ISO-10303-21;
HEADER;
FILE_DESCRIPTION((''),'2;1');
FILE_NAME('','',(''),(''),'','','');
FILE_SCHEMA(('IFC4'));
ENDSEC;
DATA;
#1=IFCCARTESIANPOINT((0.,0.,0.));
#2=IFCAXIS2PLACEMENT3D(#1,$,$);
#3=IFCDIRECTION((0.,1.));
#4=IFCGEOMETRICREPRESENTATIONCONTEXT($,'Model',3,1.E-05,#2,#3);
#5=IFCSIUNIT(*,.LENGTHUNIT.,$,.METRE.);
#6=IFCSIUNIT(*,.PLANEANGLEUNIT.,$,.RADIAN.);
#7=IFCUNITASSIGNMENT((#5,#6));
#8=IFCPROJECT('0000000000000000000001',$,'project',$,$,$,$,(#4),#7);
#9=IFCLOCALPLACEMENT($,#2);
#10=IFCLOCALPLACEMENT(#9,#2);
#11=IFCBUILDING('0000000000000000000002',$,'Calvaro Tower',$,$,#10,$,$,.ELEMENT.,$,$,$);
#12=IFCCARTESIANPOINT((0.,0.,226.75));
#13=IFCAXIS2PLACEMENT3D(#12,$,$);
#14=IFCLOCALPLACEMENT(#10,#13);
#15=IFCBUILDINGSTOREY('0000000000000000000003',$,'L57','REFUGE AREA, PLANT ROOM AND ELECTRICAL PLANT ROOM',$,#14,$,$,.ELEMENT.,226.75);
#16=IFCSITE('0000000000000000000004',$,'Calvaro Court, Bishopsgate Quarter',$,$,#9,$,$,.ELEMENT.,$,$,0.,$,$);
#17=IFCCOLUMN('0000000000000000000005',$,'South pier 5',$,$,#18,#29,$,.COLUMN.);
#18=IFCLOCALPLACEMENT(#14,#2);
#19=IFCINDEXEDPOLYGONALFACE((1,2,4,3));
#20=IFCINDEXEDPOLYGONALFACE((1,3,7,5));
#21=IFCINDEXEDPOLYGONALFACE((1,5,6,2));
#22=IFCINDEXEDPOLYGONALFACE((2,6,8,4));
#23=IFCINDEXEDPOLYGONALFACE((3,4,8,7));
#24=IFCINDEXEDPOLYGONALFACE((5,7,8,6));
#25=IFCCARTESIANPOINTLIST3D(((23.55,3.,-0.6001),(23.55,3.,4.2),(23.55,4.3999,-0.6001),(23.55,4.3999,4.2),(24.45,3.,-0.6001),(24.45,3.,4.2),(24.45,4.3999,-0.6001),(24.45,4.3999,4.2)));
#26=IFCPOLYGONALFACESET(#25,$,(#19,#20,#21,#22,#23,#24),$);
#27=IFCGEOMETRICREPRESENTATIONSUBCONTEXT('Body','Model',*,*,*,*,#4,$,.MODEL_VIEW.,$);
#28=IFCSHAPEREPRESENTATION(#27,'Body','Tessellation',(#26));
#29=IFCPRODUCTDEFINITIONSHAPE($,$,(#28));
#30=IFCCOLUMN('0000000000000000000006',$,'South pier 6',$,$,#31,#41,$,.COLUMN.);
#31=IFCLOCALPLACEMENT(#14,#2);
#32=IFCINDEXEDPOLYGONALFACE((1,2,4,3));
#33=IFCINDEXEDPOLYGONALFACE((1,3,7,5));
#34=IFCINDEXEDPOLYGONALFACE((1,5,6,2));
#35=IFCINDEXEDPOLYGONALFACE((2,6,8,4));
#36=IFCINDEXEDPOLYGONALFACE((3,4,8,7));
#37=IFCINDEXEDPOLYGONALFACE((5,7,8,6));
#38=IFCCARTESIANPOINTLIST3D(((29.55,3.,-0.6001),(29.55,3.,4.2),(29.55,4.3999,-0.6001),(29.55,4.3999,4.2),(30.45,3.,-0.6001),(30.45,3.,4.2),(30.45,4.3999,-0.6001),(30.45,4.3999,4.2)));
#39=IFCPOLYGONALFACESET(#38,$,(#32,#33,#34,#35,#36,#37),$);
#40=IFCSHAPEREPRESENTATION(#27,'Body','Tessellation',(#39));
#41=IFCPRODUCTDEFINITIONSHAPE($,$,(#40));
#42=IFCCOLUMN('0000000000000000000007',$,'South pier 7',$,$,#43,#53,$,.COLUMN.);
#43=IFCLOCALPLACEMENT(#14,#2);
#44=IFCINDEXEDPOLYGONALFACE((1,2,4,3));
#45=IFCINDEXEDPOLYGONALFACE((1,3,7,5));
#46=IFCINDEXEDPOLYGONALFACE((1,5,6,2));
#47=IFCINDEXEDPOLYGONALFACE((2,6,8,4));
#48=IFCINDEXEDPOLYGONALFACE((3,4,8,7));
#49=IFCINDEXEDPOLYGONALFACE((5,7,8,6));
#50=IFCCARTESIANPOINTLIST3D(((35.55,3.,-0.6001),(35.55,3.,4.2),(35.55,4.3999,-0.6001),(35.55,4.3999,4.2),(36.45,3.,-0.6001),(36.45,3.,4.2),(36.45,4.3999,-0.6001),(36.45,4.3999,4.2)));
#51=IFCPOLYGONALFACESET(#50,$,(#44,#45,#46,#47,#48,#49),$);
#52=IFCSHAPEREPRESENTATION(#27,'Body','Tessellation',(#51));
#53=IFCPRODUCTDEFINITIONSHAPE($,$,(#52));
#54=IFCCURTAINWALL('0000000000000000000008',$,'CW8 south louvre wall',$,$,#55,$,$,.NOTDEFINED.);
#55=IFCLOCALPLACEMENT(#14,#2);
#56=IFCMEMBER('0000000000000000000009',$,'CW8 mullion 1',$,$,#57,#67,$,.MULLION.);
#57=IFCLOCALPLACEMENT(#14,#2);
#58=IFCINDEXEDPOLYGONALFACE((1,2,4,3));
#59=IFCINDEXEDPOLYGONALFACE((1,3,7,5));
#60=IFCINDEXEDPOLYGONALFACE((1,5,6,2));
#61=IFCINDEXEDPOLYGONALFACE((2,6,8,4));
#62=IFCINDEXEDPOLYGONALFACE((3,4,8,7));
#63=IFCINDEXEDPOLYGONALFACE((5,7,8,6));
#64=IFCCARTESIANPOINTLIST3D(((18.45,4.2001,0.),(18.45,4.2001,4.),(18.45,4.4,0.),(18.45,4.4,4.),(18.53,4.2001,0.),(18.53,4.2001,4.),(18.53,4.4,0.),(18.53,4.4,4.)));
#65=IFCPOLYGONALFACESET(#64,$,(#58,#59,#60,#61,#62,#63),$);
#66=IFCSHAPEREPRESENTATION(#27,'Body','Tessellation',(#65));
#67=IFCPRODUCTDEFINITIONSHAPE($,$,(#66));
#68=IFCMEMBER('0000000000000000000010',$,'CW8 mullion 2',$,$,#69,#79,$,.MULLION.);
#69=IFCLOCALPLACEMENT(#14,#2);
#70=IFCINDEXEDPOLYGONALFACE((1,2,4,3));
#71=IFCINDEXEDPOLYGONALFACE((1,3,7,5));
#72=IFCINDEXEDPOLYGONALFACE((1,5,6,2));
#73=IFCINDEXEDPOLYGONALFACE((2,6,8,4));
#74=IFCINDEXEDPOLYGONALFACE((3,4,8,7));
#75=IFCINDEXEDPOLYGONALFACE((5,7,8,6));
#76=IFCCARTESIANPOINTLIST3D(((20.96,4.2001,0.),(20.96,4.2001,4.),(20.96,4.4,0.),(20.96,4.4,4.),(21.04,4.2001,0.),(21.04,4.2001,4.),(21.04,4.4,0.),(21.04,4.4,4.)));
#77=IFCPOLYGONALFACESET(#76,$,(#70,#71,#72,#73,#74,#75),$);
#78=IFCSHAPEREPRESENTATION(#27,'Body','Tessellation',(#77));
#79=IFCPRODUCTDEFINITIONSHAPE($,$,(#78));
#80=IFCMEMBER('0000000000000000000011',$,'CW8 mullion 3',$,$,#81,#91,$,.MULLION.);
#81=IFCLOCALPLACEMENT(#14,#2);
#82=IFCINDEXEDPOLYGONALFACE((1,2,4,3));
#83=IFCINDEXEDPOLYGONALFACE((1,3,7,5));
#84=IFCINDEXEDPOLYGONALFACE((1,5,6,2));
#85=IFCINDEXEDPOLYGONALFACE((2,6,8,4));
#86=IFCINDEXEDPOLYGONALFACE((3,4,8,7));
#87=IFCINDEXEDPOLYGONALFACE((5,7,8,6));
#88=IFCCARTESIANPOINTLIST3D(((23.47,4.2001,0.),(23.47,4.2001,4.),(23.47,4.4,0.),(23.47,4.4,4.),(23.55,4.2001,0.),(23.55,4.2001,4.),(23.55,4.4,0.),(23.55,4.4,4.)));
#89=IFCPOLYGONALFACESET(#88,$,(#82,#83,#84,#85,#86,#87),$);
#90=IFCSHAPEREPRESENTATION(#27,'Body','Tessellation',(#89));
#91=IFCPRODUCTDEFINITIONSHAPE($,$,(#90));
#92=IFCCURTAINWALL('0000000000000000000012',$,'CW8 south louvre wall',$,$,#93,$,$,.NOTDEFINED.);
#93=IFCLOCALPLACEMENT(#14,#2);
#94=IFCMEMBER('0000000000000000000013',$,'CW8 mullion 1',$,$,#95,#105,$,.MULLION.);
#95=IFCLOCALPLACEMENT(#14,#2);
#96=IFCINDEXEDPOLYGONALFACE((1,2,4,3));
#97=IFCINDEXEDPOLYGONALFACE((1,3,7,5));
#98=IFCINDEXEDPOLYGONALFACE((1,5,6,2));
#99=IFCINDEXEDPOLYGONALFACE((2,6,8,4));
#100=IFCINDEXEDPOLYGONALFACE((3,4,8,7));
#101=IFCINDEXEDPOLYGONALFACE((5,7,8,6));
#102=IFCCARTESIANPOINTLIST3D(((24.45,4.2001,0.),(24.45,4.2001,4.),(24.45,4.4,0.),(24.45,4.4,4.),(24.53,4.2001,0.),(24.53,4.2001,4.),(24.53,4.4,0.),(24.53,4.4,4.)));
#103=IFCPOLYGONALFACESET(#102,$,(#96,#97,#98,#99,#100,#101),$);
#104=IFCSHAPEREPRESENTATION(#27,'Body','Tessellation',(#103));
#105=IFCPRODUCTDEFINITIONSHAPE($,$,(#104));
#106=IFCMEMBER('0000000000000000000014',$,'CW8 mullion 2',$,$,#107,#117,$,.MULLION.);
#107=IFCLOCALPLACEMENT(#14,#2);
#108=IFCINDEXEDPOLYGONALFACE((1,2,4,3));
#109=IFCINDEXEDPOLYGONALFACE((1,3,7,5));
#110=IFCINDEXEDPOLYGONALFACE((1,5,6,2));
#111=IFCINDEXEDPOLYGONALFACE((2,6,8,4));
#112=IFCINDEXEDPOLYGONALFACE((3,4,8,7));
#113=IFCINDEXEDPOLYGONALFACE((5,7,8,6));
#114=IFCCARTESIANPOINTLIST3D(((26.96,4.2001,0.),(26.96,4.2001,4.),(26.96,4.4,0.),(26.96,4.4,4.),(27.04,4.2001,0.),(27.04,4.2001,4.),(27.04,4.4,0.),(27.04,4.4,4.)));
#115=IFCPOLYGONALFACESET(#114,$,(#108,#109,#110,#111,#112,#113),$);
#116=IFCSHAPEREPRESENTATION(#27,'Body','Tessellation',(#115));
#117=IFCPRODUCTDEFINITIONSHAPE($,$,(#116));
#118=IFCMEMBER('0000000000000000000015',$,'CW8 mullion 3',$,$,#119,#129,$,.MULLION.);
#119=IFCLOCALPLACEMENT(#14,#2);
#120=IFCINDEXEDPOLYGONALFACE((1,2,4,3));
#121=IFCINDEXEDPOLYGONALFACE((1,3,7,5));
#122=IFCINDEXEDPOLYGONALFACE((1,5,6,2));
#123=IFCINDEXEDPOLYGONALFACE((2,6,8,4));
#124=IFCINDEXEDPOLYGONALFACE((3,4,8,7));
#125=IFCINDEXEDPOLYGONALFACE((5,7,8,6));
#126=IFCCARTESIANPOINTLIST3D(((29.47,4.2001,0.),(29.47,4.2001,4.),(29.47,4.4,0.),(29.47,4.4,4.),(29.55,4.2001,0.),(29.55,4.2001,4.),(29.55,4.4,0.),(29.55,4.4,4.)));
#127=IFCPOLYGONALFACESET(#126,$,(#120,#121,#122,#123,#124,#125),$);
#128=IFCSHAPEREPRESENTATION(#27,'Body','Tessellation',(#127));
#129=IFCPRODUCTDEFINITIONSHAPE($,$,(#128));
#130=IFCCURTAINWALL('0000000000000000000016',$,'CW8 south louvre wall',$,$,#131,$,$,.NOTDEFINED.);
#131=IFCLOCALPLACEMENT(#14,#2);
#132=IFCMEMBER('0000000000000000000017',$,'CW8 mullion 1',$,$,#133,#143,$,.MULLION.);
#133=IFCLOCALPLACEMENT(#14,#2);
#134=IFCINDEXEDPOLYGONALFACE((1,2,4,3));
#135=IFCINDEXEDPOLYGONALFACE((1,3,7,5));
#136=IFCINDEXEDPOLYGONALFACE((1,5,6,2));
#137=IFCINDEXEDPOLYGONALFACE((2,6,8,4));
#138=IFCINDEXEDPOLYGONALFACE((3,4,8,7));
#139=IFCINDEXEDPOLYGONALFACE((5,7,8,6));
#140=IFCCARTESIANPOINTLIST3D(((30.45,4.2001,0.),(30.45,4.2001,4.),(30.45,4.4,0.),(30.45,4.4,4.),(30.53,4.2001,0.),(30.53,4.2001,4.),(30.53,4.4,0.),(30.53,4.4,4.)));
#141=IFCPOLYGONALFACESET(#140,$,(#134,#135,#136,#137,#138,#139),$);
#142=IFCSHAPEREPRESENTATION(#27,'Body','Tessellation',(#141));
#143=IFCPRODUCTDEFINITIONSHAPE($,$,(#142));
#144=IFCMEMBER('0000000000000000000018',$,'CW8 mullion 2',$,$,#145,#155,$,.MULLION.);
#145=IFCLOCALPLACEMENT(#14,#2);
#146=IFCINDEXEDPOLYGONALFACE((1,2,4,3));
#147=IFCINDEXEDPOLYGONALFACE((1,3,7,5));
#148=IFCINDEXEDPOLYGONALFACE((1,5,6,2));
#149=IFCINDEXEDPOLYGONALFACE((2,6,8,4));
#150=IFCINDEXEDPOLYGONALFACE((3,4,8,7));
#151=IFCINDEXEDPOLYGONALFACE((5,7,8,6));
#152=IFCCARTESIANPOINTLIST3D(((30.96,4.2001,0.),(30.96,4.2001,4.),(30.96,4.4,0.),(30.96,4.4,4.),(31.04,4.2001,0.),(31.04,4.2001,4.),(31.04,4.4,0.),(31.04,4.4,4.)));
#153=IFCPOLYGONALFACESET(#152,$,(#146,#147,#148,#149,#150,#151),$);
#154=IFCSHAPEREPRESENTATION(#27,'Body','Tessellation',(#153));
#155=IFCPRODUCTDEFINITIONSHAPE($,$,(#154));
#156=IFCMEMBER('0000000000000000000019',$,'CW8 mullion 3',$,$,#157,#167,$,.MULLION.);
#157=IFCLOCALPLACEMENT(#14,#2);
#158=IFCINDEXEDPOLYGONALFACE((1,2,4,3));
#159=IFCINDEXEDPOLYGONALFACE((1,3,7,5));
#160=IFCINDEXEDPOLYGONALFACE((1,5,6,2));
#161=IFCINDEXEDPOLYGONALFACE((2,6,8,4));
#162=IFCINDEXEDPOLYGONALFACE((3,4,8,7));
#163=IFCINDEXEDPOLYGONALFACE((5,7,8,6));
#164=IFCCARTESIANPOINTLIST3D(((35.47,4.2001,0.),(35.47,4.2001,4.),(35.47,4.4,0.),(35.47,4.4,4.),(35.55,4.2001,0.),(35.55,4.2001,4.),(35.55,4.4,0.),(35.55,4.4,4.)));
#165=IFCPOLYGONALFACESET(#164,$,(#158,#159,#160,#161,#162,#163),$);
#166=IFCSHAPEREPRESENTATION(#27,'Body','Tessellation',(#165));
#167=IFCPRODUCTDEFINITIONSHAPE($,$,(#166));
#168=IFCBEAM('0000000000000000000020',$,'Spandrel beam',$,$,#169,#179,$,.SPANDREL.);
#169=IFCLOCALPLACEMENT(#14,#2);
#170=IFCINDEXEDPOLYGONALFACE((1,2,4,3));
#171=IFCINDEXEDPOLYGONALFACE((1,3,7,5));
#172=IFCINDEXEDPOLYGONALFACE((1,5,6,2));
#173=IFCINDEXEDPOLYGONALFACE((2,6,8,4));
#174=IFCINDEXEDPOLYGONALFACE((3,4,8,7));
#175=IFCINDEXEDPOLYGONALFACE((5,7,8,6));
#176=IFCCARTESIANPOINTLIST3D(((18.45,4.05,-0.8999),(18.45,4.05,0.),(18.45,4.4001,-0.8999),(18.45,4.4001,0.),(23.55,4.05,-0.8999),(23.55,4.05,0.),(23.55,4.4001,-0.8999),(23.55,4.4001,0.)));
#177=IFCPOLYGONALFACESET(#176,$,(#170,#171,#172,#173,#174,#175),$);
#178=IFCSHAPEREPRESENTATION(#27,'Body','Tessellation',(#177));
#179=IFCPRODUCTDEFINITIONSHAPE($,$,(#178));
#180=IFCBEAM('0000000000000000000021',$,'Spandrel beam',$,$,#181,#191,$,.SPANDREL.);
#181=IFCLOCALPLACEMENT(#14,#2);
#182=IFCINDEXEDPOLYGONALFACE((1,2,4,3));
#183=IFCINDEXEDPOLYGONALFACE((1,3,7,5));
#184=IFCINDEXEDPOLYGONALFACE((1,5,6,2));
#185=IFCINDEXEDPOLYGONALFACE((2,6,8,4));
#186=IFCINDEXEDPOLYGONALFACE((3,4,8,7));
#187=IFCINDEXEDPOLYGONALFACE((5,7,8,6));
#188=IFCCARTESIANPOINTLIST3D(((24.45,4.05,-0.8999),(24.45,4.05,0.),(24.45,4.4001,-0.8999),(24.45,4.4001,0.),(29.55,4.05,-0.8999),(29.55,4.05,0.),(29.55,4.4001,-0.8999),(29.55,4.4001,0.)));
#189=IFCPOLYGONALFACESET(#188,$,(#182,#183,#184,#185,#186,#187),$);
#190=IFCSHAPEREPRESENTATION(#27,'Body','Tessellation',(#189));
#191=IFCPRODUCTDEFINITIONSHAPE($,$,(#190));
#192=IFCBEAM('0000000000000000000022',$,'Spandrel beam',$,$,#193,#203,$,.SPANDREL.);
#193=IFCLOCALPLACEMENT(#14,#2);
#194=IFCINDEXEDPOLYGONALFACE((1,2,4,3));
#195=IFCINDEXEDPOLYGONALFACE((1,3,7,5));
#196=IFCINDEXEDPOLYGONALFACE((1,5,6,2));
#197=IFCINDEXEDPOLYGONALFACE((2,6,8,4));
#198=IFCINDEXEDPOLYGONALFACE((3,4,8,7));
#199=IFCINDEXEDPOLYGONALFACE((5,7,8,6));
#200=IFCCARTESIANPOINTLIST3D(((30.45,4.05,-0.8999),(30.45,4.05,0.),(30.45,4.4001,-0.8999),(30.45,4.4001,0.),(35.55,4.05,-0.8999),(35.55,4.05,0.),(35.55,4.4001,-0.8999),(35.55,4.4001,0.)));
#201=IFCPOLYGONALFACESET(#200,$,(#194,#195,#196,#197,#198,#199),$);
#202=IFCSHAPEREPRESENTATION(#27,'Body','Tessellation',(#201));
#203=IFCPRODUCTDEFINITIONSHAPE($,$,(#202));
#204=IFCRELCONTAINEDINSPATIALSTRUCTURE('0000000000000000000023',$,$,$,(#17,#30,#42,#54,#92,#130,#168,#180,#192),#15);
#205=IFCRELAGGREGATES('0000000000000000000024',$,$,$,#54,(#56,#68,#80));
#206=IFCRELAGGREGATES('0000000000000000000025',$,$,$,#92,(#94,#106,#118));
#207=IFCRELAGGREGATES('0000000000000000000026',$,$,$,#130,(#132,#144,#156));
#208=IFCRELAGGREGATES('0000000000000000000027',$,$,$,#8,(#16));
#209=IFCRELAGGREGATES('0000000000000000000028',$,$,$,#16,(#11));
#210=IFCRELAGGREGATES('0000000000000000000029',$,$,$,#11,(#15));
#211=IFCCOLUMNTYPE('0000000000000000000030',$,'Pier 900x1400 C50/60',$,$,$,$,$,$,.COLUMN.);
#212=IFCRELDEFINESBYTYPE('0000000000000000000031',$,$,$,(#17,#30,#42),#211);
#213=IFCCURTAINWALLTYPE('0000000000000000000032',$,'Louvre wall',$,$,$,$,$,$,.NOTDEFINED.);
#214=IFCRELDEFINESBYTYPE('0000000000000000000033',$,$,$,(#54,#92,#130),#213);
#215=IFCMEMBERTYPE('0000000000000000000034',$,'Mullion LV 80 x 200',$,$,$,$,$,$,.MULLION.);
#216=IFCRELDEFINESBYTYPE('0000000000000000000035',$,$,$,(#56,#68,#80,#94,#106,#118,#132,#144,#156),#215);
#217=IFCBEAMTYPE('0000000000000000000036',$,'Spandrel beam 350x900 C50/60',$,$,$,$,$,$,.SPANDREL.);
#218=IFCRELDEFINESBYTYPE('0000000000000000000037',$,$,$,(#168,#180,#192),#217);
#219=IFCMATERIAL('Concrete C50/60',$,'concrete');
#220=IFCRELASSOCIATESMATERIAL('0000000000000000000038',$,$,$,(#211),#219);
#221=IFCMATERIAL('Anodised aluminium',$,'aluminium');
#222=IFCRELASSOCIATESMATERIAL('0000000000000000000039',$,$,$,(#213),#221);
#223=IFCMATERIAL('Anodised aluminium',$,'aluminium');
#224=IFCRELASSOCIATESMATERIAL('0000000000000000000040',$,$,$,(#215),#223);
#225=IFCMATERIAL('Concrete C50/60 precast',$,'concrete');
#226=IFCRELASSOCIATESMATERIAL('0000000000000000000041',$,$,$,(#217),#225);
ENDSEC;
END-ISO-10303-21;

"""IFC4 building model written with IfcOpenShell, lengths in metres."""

from ifc_helpers import new_model, si_unit, direction, frame, origin, origin_2d, place, context, subcontext, project, spatial, rectangle, extrude, material, material_profile, profile_set, type_object, element, aggregate, save


model = new_model("IFC4")

# Units and contexts
model_context = context("Model", 3, precision=1e-05, world=origin(), true_north=direction((0.0, 1.0)))
body_context = subcontext(model_context, "Body", "Model", "MODEL_VIEW")
ifc_project = project(units=[si_unit("LENGTHUNIT", "METRE"), si_unit("PLANEANGLEUNIT", "RADIAN")], contexts=[model_context])

# Site, building, storey
site_placement = place(None, origin())
site = spatial("IfcSite", under=ifc_project, at=site_placement, Name="Calvaro Court, Bishopsgate Quarter", CompositionType="ELEMENT", RefElevation=0.0)
building_placement = place(site_placement, origin())
building = spatial("IfcBuilding", under=site, at=building_placement, Name="Calvaro Tower", CompositionType="ELEMENT")
storey_placement = place(building_placement, frame((0.0, 0.0, 226.75)))
storey = spatial("IfcBuildingStorey", under=building, at=storey_placement, Name="L57", Description="REFUGE AREA, PLANT ROOM AND ELECTRICAL PLANT ROOM", CompositionType="ELEMENT", Elevation=226.75)

# Columns
ifc_material_1 = material(Name="Concrete C50/60", Category="concrete")
ifc_material_profile_1 = material_profile(ifc_material_1, rectangle(XDim=0.8999, YDim=1.3999, at=origin_2d()), Name="RC 900x1400")
ifc_profile_set_1 = profile_set([ifc_material_profile_1], Name="Concrete C50/60")
column_type = type_object("IfcColumnType", Name="Pier 900x1400 C50/60", PredefinedType="COLUMN", material=ifc_profile_set_1)
for number, where, z_axis, x_axis, name in (
    (1, (24.0, 3.7, -0.6001), (0.0, 0.0, 1.0), (1.0, 0.0, 0.0), "South pier 5"),
    (2, (30.0, 3.7, -0.6001), (0.0, 0.0, 1.0), (1.0, 0.0, 0.0), "South pier 6"),
    (3, (36.0, 3.7, -0.6001), (0.0, 0.0, 1.0), (1.0, 0.0, 0.0), "South pier 7"),
):
    element("IfcColumn", number, at=place(storey_placement, frame(where, z_axis=z_axis, x_axis=x_axis)), inside=storey, type_object=column_type, Name=name, PredefinedType="COLUMN", context=body_context, shape_type="SweptSolid", body=[
        extrude(rectangle(XDim=0.8999, YDim=1.3999, at=origin_2d()), origin(), (0.0, 0.0, 1.0), 4.8),
    ])

# Curtain walls, members
ifc_material_2 = material(Name="Anodised aluminium", Category="aluminium")
curtain_wall_type = type_object("IfcCurtainWallType", Name="Louvre wall", PredefinedType="NOTDEFINED", material=ifc_material_2)
curtain_wall_1_placement = place(storey_placement, origin())
curtain_wall_1 = element("IfcCurtainWall", 4, at=curtain_wall_1_placement, inside=storey, type_object=curtain_wall_type, Name="CW8 south louvre wall", PredefinedType="NOTDEFINED")
ifc_material_3 = material(Name="Anodised aluminium", Category="aluminium")
ifc_material_profile_2 = material_profile(ifc_material_3, rectangle(XDim=0.2, YDim=0.0801, at=origin_2d()), Name="Mullion LV 80 x 200")
ifc_profile_set_2 = profile_set([ifc_material_profile_2], Name="Anodised aluminium")
member_type_1 = type_object("IfcMemberType", Name="Mullion LV 80 x 200", PredefinedType="MULLION", material=ifc_profile_set_2)
member_1_placement = place(storey_placement, frame((18.49, 4.3, 0.0), z_axis=(0.0, 0.0, 1.0), x_axis=(0.0, 1.0, 0.0)))
member_1 = element("IfcMember", 5, at=member_1_placement, type_object=member_type_1, Name="CW8 mullion 1", PredefinedType="MULLION", context=body_context, shape_type="SweptSolid", body=[
    extrude(rectangle(XDim=0.2, YDim=0.0801, at=origin_2d()), origin(), (0.0, 0.0, 1.0), 4.0),
])
member_2_placement = place(storey_placement, frame((21.0, 4.3, 0.0), z_axis=(0.0, 0.0, 1.0), x_axis=(0.0, 1.0, 0.0)))
member_2 = element("IfcMember", 6, at=member_2_placement, type_object=member_type_1, Name="CW8 mullion 2", PredefinedType="MULLION", context=body_context, shape_type="SweptSolid", body=[
    extrude(rectangle(XDim=0.2, YDim=0.0801, at=origin_2d()), origin(), (0.0, 0.0, 1.0), 4.0),
])
member_3_placement = place(storey_placement, frame((23.51, 4.3, 0.0), z_axis=(0.0, 0.0, 1.0), x_axis=(0.0, 1.0, 0.0)))
member_3 = element("IfcMember", 7, at=member_3_placement, type_object=member_type_1, Name="CW8 mullion 3", PredefinedType="MULLION", context=body_context, shape_type="SweptSolid", body=[
    extrude(rectangle(XDim=0.2, YDim=0.0801, at=origin_2d()), origin(), (0.0, 0.0, 1.0), 4.0),
])
curtain_wall_2_placement = place(storey_placement, origin())
curtain_wall_2 = element("IfcCurtainWall", 8, at=curtain_wall_2_placement, inside=storey, type_object=curtain_wall_type, Name="CW8 south louvre wall", PredefinedType="NOTDEFINED")
member_4_placement = place(storey_placement, frame((24.49, 4.3, 0.0), z_axis=(0.0, 0.0, 1.0), x_axis=(0.0, 1.0, 0.0)))
member_4 = element("IfcMember", 9, at=member_4_placement, type_object=member_type_1, Name="CW8 mullion 1", PredefinedType="MULLION", context=body_context, shape_type="SweptSolid", body=[
    extrude(rectangle(XDim=0.2, YDim=0.0801, at=origin_2d()), origin(), (0.0, 0.0, 1.0), 4.0),
])
member_5_placement = place(storey_placement, frame((27.0, 4.3, 0.0), z_axis=(0.0, 0.0, 1.0), x_axis=(0.0, 1.0, 0.0)))
member_5 = element("IfcMember", 10, at=member_5_placement, type_object=member_type_1, Name="CW8 mullion 2", PredefinedType="MULLION", context=body_context, shape_type="SweptSolid", body=[
    extrude(rectangle(XDim=0.2, YDim=0.0801, at=origin_2d()), origin(), (0.0, 0.0, 1.0), 4.0),
])
member_6_placement = place(storey_placement, frame((29.51, 4.3, 0.0), z_axis=(0.0, 0.0, 1.0), x_axis=(0.0, 1.0, 0.0)))
member_6 = element("IfcMember", 11, at=member_6_placement, type_object=member_type_1, Name="CW8 mullion 3", PredefinedType="MULLION", context=body_context, shape_type="SweptSolid", body=[
    extrude(rectangle(XDim=0.2, YDim=0.0801, at=origin_2d()), origin(), (0.0, 0.0, 1.0), 4.0),
])
curtain_wall_3_placement = place(storey_placement, origin())
curtain_wall_3 = element("IfcCurtainWall", 12, at=curtain_wall_3_placement, inside=storey, type_object=curtain_wall_type, Name="CW8 south louvre wall", PredefinedType="NOTDEFINED")
member_7_placement = place(storey_placement, frame((30.49, 4.3, 0.0), z_axis=(0.0, 0.0, 1.0), x_axis=(0.0, 1.0, 0.0)))
member_7 = element("IfcMember", 13, at=member_7_placement, type_object=member_type_1, Name="CW8 mullion 1", PredefinedType="MULLION", context=body_context, shape_type="SweptSolid", body=[
    extrude(rectangle(XDim=0.2, YDim=0.0801, at=origin_2d()), origin(), (0.0, 0.0, 1.0), 4.0),
])
member_8_placement = place(storey_placement, frame((31.0, 4.3, 0.0), z_axis=(0.0, 0.0, 1.0), x_axis=(0.0, 1.0, 0.0)))
member_8 = element("IfcMember", 14, at=member_8_placement, type_object=member_type_1, Name="CW8 mullion 2", PredefinedType="MULLION", context=body_context, shape_type="SweptSolid", body=[
    extrude(rectangle(XDim=0.2, YDim=0.0801, at=origin_2d()), origin(), (0.0, 0.0, 1.0), 4.0),
])
member_9_placement = place(storey_placement, frame((35.51, 4.3, 0.0), z_axis=(0.0, 0.0, 1.0), x_axis=(0.0, 1.0, 0.0)))
member_9 = element("IfcMember", 15, at=member_9_placement, type_object=member_type_1, Name="CW8 mullion 3", PredefinedType="MULLION", context=body_context, shape_type="SweptSolid", body=[
    extrude(rectangle(XDim=0.2, YDim=0.0801, at=origin_2d()), origin(), (0.0, 0.0, 1.0), 4.0),
])

# Beams
ifc_material_4 = material(Name="Concrete C50/60 precast", Category="concrete")
ifc_material_profile_3 = material_profile(ifc_material_4, rectangle(XDim=0.3501, YDim=0.8999, at=origin_2d()), Name="RC 350x900")
ifc_profile_set_3 = profile_set([ifc_material_profile_3], Name="Concrete C50/60 precast")
beam_type_1 = type_object("IfcBeamType", Name="Spandrel beam 350x900 C50/60", PredefinedType="SPANDREL", material=ifc_profile_set_3)
for number, where, z_axis, x_axis, name in (
    (16, (18.45, 4.2251, -0.45), (1.0, 0.0, 0.0), (0.0, 1.0, 0.0), "Spandrel beam"),
    (17, (24.45, 4.2251, -0.45), (1.0, 0.0, 0.0), (0.0, 1.0, 0.0), "Spandrel beam"),
    (18, (30.45, 4.2251, -0.45), (1.0, 0.0, 0.0), (0.0, 1.0, 0.0), "Spandrel beam"),
):
    element("IfcBeam", number, at=place(storey_placement, frame(where, z_axis=z_axis, x_axis=x_axis)), inside=storey, type_object=beam_type_1, Name=name, PredefinedType="SPANDREL", context=body_context, shape_type="SweptSolid", body=[
        extrude(rectangle(XDim=0.3501, YDim=0.8999, at=origin_2d()), origin(), (0.0, 0.0, 1.0), 5.1001),
    ])

aggregate(curtain_wall_1, [member_1, member_2, member_3])
aggregate(curtain_wall_2, [member_4, member_5, member_6])
aggregate(curtain_wall_3, [member_7, member_8, member_9])

save(model, "model.ifc")
